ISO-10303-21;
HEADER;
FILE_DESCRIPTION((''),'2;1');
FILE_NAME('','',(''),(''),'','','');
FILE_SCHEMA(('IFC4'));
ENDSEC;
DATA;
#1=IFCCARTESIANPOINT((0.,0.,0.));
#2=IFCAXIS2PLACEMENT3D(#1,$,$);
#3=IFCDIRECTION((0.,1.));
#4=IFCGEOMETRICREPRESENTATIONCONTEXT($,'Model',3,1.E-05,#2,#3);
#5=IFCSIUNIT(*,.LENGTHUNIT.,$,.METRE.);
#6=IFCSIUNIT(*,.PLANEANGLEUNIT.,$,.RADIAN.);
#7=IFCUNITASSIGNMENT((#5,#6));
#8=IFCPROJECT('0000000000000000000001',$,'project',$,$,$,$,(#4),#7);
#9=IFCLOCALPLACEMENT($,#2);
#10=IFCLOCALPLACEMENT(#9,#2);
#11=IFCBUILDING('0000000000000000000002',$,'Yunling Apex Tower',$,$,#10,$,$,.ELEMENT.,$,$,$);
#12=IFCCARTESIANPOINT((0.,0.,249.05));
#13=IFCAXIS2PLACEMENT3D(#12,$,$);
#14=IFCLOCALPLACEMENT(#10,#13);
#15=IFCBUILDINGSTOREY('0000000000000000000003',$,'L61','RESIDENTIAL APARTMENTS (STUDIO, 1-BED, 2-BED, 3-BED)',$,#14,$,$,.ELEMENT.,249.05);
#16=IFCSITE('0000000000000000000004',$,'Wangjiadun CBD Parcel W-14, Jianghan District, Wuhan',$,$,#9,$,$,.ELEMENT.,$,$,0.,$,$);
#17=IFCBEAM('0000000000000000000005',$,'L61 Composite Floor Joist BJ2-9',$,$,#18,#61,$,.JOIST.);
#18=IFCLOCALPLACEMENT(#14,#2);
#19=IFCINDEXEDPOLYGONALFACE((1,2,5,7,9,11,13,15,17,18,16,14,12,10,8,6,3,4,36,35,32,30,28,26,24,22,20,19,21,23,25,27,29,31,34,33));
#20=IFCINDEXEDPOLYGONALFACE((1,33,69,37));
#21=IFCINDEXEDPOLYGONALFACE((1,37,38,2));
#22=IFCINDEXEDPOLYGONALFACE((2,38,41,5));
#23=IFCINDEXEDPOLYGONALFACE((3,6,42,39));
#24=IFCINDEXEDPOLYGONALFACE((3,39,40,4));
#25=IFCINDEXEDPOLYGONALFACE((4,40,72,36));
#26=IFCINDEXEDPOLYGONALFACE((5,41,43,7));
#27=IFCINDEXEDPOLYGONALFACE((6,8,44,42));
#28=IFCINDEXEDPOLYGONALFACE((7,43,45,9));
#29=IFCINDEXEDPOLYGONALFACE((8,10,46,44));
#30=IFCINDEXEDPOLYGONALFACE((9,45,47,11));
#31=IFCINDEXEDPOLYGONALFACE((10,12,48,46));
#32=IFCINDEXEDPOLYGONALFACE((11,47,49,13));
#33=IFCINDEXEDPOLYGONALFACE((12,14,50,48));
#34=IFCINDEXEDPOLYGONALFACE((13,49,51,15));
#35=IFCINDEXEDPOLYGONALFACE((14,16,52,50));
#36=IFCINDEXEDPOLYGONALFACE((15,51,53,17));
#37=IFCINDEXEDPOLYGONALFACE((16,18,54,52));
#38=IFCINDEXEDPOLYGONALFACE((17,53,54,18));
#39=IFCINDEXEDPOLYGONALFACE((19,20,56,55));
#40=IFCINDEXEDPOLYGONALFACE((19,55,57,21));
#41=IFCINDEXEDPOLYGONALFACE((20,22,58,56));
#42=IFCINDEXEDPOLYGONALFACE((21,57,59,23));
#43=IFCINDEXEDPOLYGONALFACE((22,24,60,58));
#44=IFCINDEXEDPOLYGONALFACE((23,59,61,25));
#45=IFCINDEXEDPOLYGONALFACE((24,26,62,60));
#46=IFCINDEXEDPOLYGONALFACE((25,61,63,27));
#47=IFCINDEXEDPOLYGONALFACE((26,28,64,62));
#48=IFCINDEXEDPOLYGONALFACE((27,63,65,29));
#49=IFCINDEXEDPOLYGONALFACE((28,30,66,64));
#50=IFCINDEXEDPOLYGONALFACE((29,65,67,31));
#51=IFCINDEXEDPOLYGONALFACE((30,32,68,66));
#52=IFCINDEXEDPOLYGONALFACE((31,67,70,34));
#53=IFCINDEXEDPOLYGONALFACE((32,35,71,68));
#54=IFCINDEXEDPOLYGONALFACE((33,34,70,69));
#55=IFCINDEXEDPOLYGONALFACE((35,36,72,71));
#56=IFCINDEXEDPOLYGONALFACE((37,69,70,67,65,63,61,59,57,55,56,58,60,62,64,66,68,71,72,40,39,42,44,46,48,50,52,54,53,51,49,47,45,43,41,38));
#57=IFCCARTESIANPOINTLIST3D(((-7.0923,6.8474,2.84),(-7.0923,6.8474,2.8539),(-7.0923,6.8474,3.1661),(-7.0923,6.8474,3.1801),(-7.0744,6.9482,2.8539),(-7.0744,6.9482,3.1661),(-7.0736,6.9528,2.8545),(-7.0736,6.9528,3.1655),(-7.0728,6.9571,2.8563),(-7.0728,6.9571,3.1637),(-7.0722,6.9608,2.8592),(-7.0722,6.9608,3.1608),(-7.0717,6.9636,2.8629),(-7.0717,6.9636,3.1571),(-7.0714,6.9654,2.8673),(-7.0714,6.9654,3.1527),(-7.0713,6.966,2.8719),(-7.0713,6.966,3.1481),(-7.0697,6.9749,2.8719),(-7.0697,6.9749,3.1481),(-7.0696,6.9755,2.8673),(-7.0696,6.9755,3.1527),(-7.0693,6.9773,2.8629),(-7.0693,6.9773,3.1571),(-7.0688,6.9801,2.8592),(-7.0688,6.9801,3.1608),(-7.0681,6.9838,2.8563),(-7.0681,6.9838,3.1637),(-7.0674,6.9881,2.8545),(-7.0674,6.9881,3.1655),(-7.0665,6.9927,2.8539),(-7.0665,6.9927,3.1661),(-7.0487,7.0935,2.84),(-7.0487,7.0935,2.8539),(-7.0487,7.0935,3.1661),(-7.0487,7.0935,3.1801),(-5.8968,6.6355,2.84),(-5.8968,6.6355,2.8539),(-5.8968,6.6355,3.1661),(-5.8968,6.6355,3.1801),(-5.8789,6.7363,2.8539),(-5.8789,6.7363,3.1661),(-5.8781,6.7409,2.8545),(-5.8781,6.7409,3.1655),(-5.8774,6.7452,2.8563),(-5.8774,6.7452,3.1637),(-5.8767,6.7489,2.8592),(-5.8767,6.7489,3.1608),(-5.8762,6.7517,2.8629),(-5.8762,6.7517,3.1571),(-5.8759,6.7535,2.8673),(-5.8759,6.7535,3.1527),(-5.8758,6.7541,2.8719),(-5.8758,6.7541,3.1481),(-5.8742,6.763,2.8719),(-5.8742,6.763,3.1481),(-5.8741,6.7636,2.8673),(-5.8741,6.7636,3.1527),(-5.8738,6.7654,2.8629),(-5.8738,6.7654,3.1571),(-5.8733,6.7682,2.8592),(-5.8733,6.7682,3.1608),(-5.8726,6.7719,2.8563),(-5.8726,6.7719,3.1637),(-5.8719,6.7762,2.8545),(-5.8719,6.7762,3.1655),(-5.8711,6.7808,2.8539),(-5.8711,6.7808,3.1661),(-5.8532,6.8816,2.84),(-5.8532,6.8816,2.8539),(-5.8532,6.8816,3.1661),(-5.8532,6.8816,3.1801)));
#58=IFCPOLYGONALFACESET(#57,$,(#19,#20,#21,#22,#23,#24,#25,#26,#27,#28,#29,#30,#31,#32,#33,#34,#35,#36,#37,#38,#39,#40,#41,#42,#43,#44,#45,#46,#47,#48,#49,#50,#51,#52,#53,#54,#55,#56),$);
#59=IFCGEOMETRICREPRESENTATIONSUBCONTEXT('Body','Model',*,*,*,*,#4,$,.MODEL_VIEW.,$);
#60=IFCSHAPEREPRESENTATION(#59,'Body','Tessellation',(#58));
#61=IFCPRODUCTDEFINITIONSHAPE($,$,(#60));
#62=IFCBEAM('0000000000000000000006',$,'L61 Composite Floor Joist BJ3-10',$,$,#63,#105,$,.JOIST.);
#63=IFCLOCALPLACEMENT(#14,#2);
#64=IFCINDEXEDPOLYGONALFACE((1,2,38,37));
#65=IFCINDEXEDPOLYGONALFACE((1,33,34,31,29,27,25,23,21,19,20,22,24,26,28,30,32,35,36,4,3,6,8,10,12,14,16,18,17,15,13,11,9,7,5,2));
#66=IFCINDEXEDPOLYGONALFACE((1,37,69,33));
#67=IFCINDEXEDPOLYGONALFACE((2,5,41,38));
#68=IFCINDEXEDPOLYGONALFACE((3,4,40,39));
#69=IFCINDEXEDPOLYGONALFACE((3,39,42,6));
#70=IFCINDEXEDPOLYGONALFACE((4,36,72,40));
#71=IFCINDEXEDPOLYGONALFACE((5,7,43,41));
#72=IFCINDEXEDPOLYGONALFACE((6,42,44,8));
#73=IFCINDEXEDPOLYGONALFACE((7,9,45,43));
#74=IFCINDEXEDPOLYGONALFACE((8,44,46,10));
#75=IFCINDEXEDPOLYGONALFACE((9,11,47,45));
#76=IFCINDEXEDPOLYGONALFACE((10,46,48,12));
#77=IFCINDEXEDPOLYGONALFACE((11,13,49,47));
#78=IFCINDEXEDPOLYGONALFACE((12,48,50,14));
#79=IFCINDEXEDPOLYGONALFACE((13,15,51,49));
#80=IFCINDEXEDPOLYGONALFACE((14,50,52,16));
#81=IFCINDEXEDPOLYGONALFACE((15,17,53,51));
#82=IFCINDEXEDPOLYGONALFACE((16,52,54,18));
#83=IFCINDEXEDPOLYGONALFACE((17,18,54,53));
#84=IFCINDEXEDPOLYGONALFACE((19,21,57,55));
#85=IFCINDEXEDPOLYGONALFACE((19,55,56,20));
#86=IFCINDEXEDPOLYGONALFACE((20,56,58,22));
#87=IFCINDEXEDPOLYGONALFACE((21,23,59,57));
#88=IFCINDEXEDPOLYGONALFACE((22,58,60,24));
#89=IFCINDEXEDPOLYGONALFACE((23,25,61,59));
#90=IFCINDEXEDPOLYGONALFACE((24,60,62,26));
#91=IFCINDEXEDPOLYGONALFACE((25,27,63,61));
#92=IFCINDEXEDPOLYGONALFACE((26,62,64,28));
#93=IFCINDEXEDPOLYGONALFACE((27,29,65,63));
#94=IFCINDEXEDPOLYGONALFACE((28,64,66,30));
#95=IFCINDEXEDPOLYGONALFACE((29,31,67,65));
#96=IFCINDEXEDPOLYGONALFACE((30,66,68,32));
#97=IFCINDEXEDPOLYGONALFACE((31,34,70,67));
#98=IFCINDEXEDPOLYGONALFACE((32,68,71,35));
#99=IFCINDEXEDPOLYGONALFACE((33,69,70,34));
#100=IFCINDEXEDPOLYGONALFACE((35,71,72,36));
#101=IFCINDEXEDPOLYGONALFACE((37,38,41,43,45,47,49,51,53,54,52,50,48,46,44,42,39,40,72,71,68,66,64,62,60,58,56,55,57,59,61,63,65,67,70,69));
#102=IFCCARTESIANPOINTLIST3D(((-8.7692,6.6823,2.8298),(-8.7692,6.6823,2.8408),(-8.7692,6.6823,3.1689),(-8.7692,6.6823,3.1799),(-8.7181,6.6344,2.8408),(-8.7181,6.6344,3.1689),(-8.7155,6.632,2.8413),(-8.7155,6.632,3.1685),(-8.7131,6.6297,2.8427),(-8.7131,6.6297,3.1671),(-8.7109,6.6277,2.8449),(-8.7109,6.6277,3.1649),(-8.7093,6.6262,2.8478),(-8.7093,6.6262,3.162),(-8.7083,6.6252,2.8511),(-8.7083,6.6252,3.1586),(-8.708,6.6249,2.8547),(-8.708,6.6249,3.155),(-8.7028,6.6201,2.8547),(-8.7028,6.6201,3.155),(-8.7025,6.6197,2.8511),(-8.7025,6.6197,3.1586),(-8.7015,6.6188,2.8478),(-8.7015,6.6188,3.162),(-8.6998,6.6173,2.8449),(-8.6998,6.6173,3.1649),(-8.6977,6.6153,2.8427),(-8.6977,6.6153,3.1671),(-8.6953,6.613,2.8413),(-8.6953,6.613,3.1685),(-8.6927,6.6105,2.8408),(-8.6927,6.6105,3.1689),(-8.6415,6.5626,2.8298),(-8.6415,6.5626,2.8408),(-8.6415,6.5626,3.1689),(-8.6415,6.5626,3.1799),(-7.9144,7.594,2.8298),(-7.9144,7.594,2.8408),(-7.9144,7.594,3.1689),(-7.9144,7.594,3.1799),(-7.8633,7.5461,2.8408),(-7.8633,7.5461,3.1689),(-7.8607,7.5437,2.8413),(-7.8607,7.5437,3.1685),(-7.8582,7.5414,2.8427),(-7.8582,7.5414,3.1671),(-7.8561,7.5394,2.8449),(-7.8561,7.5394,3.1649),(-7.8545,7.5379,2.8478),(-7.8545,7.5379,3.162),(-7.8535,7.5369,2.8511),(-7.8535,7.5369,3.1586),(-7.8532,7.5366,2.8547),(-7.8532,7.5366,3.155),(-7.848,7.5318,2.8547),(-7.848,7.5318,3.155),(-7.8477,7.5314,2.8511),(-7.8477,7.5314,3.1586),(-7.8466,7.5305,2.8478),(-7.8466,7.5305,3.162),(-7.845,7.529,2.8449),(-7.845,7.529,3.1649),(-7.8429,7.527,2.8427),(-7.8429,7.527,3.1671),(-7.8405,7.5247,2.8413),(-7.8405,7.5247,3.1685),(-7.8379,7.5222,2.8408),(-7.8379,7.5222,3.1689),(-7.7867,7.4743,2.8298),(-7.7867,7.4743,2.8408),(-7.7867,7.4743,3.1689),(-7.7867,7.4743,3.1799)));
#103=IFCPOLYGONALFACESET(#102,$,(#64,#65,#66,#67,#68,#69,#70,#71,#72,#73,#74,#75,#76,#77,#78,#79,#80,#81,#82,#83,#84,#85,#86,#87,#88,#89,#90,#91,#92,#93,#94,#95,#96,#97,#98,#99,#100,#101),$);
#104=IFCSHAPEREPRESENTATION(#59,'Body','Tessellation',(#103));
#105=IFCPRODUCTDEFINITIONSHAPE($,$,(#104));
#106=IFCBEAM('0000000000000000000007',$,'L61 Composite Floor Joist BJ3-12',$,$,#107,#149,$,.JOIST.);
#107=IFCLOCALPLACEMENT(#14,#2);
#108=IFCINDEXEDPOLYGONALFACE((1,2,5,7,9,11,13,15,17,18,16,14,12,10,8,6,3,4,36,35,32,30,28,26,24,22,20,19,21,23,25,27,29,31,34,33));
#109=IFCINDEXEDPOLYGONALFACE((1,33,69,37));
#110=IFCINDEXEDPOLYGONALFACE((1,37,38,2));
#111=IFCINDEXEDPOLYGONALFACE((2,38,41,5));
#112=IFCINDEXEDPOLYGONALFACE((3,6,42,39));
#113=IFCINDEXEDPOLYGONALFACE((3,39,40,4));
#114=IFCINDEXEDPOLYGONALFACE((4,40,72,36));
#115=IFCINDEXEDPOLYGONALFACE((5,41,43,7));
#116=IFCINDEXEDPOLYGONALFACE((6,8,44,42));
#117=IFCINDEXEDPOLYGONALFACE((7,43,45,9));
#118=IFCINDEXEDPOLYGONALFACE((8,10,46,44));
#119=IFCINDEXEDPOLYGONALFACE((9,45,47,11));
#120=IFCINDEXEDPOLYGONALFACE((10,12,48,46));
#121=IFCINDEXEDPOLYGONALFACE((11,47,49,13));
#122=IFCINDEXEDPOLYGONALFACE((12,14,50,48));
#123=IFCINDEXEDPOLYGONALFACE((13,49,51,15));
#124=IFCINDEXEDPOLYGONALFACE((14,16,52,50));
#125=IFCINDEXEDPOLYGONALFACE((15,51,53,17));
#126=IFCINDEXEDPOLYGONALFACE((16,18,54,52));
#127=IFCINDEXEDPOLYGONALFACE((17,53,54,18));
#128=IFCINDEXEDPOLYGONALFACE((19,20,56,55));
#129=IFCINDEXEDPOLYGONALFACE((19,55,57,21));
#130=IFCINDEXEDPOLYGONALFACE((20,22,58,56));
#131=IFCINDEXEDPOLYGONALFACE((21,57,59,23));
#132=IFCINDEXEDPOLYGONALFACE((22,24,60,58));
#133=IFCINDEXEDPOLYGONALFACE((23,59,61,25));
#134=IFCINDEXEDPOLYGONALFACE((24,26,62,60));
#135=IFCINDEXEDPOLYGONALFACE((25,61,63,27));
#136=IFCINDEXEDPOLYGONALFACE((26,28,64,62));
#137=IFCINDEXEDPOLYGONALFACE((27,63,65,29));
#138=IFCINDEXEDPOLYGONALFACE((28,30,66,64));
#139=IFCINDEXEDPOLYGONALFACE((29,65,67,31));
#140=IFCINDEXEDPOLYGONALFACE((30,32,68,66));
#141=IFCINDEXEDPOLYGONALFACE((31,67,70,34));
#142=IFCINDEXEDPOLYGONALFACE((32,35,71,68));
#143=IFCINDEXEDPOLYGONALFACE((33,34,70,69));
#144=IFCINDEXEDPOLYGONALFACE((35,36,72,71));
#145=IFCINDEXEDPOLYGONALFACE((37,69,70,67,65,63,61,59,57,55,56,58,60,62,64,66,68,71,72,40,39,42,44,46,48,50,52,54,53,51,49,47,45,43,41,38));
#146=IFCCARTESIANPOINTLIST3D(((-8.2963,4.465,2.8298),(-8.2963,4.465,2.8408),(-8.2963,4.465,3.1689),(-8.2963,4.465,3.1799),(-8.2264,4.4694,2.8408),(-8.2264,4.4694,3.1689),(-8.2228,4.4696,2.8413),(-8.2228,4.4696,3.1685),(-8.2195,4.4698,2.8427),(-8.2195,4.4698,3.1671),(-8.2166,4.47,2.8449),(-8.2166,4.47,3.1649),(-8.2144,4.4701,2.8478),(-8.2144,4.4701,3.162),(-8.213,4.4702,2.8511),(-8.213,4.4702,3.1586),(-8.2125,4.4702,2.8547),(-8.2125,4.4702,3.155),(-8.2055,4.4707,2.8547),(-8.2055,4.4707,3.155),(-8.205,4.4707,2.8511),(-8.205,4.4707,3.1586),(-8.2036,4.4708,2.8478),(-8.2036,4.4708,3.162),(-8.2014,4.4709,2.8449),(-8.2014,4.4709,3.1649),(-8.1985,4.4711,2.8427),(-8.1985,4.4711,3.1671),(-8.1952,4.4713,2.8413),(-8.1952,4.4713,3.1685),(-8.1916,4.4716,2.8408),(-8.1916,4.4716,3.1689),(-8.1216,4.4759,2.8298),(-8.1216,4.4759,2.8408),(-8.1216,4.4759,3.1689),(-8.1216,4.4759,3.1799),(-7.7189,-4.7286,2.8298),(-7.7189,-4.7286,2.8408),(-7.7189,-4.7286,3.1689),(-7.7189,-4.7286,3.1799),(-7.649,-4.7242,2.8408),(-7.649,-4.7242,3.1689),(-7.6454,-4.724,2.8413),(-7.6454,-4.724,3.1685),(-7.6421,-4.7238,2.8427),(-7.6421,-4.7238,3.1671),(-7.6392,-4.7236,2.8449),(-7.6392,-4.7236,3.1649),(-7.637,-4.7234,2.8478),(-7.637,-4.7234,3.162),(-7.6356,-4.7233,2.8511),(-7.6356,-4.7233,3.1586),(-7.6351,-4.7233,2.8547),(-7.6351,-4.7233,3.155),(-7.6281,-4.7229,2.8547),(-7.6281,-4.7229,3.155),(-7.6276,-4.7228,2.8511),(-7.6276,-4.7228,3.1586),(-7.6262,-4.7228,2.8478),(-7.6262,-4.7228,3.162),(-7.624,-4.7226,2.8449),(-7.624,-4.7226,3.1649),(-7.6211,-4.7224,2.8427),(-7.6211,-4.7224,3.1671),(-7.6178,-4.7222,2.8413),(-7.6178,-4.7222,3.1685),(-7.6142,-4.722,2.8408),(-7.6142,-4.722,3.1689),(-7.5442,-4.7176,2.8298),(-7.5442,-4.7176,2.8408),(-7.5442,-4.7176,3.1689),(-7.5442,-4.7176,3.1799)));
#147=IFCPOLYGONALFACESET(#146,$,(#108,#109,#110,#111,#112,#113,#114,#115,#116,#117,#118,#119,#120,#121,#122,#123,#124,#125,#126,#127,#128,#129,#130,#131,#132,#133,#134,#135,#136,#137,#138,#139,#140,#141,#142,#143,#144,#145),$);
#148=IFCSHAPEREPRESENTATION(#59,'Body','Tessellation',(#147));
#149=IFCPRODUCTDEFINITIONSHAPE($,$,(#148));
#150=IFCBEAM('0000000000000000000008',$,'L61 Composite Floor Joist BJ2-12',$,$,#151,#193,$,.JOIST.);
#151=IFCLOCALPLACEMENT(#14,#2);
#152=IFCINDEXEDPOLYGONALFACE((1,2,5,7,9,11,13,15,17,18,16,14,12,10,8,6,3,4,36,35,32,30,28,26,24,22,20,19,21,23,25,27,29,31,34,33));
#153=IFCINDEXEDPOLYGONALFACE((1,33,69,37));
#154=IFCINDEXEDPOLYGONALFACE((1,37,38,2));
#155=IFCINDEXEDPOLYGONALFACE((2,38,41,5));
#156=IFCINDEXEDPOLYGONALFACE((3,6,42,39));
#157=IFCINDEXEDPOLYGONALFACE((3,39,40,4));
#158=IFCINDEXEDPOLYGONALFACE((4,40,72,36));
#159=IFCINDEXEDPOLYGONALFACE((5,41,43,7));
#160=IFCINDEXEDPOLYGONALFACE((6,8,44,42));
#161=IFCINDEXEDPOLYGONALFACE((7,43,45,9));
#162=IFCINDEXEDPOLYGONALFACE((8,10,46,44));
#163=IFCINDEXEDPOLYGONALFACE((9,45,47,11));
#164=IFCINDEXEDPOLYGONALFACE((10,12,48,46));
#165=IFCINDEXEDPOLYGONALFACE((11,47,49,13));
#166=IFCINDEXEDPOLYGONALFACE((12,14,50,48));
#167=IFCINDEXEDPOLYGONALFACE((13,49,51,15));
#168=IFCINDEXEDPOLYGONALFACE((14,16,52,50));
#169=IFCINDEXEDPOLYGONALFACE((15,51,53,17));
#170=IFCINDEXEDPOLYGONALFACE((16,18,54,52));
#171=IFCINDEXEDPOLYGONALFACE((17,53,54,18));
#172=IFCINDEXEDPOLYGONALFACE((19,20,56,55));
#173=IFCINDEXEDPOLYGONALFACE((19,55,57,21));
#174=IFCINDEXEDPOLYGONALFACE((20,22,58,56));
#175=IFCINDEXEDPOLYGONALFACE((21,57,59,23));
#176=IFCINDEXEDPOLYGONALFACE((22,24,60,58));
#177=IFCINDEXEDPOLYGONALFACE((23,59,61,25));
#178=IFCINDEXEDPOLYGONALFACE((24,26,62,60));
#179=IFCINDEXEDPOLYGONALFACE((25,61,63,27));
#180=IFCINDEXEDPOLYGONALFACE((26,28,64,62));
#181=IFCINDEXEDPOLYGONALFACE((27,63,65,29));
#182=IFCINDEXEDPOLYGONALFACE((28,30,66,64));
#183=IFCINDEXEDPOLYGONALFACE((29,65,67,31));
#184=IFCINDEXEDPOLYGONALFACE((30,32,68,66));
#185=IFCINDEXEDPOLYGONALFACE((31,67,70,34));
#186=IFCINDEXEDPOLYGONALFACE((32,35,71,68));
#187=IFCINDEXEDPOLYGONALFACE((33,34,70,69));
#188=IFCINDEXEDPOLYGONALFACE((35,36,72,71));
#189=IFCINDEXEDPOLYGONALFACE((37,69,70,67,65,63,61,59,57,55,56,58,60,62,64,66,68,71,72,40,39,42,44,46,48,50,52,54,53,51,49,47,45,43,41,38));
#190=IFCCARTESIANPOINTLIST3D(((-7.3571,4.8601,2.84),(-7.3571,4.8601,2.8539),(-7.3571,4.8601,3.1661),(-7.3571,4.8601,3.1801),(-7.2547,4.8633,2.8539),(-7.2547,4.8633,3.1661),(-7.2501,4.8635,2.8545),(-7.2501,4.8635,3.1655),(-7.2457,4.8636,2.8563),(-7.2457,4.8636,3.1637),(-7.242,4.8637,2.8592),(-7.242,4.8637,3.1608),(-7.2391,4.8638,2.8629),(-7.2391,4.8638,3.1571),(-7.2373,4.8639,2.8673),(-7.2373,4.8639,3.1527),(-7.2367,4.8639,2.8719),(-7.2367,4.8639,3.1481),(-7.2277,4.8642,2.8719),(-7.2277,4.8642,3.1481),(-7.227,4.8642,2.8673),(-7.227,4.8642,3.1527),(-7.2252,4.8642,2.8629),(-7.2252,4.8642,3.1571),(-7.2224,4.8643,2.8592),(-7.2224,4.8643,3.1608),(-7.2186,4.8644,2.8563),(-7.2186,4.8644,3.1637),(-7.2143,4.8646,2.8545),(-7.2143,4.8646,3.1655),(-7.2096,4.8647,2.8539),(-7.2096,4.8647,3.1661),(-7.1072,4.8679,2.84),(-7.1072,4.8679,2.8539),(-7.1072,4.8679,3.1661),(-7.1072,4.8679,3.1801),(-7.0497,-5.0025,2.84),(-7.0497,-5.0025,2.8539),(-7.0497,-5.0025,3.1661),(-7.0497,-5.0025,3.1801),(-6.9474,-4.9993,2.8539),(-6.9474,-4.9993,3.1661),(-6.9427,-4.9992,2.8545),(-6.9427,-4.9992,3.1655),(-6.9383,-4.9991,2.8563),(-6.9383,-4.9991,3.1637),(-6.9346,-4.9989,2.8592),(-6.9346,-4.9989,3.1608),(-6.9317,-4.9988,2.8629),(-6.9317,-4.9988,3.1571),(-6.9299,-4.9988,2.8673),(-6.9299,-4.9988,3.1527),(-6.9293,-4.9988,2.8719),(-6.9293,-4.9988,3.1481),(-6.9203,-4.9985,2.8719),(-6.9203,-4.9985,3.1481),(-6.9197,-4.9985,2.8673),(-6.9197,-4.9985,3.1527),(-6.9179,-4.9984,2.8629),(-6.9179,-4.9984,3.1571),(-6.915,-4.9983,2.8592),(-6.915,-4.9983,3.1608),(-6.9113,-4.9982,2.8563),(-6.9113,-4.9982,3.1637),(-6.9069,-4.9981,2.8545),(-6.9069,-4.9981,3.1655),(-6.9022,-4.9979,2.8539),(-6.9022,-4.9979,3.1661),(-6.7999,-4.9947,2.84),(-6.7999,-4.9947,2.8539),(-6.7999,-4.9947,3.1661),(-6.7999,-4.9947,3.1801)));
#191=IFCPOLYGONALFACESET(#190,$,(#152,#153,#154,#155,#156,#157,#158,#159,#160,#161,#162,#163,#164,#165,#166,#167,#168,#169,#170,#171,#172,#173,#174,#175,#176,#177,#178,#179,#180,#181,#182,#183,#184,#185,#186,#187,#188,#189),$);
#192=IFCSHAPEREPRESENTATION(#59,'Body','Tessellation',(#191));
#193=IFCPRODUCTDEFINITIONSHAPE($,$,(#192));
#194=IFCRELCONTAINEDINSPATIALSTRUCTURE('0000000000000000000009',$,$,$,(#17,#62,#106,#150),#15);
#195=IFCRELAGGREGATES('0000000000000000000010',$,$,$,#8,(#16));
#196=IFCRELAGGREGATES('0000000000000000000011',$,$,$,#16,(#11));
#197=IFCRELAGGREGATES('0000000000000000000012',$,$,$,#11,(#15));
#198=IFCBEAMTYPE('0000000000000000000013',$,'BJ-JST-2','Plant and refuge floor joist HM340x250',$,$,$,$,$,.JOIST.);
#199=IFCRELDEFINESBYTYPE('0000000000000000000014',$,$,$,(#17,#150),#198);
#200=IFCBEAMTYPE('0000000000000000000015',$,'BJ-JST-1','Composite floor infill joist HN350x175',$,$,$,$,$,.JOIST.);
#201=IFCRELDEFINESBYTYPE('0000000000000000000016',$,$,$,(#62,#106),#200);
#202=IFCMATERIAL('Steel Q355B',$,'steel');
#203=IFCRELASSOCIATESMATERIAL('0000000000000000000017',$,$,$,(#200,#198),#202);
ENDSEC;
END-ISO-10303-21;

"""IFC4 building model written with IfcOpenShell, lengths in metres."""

from ifc_helpers import new_model, si_unit, direction, frame, origin, origin_2d, place, context, subcontext, project, spatial, i_section, extrude, source, transform, mapped, material, material_profile, profile_set, type_object, element, save


model = new_model("IFC4")

# Units and contexts
model_context = context("Model", 3, precision=1e-05, world=origin(), true_north=direction((0.0, 1.0)))
body_context = subcontext(model_context, "Body", "Model", "MODEL_VIEW")
ifc_project = project(units=[si_unit("LENGTHUNIT", "METRE"), si_unit("PLANEANGLEUNIT", "RADIAN")], contexts=[model_context])

# Site, building, storey
site_placement = place(None, origin())
site = spatial("IfcSite", under=ifc_project, at=site_placement, Name="Wangjiadun CBD Parcel W-14, Jianghan District, Wuhan", CompositionType="ELEMENT", RefElevation=0.0)
building_placement = place(site_placement, origin())
building = spatial("IfcBuilding", under=site, at=building_placement, Name="Yunling Apex Tower", CompositionType="ELEMENT")
storey_placement = place(building_placement, frame((0.0, 0.0, 249.05)))
storey = spatial("IfcBuildingStorey", under=building, at=storey_placement, Name="L61", Description="RESIDENTIAL APARTMENTS (STUDIO, 1-BED, 2-BED, 3-BED)", CompositionType="ELEMENT", Elevation=249.05)

# Beams
ifc_material_1 = material(Name="Steel Q355B", Category="steel")
ifc_material_profile_1 = material_profile(ifc_material_1, i_section(OverallWidth=0.175, OverallDepth=0.3501, WebThickness=0.0071, FlangeThickness=0.011, FilletRadius=0.0139, at=origin_2d()))
ifc_profile_set_1 = profile_set([ifc_material_profile_1], Name="Steel Q355B")
beam_type_1 = type_object("IfcBeamType", Name="BJ-JST-1", Description="Composite floor infill joist HN350x175", PredefinedType="JOIST", material=ifc_profile_set_1)
ifc_material_profile_2 = material_profile(ifc_material_1, i_section(OverallWidth=0.25, OverallDepth=0.3401, WebThickness=0.009, FlangeThickness=0.0139, FilletRadius=0.0181, at=origin_2d()))
ifc_profile_set_2 = profile_set([ifc_material_profile_2], Name="Steel Q355B")
beam_type_2 = type_object("IfcBeamType", Name="BJ-JST-2", Description="Plant and refuge floor joist HM340x250", PredefinedType="JOIST", material=ifc_profile_set_2)
shared_shape_1 = source(origin(), body_context, "Body", "SweptSolid", [
    extrude(i_section(OverallWidth=0.25, OverallDepth=0.3401, WebThickness=0.009, FlangeThickness=0.0139, FilletRadius=0.0181, at=origin_2d()), origin(), (0.0, 0.0, 1.0), 1.2141),
])
beam_1_placement = place(storey_placement, frame((-5.875, 6.7585, 3.01), z_axis=(-0.984652, 0.174531, 0.0), x_axis=(-0.174531, -0.984652, 0.0)))
element("IfcBeam", 1, at=beam_1_placement, inside=storey, type_object=beam_type_2, Name="L61 Composite Floor Joist BJ2-9", PredefinedType="JOIST", context=body_context, shape_type="MappedRepresentation", body=[
    mapped(shared_shape_1, transform((0.0, 0.0, 0.0), scale=1.0)),
])
shared_shape_2 = source(origin(), body_context, "Body", "SweptSolid", [
    extrude(i_section(OverallWidth=0.175, OverallDepth=0.3501, WebThickness=0.0071, FlangeThickness=0.011, FilletRadius=0.0139, at=origin_2d()), origin(), (0.0, 0.0, 1.0), 1.2498),
])
beam_2_placement = place(storey_placement, frame((-7.8506, 7.5342, 3.0049), z_axis=(-0.68398, -0.729501, 0.0), x_axis=(0.729501, -0.68398, 0.0)))
element("IfcBeam", 2, at=beam_2_placement, inside=storey, type_object=beam_type_1, Name="L61 Composite Floor Joist BJ3-10", PredefinedType="JOIST", context=body_context, shape_type="MappedRepresentation", body=[
    mapped(shared_shape_2, transform((0.0, 0.0, 0.0), scale=1.0)),
])
shared_shape_3 = source(origin(), body_context, "Body", "SweptSolid", [
    extrude(i_section(OverallWidth=0.175, OverallDepth=0.3501, WebThickness=0.0071, FlangeThickness=0.011, FilletRadius=0.0139, at=origin_2d()), origin(), (0.0, 0.0, 1.0), 9.2117),
])
beam_3_placement = place(storey_placement, frame((-8.209, 4.4705, 3.0049), z_axis=(0.06268, -0.998034, 0.0), x_axis=(0.998034, 0.06268, 0.0)))
element("IfcBeam", 3, at=beam_3_placement, inside=storey, type_object=beam_type_1, Name="L61 Composite Floor Joist BJ3-12", PredefinedType="JOIST", context=body_context, shape_type="MappedRepresentation", body=[
    mapped(shared_shape_3, transform((0.0, 0.0, 0.0), scale=1.0)),
])
shared_shape_4 = source(origin(), body_context, "Body", "SweptSolid", [
    extrude(i_section(OverallWidth=0.25, OverallDepth=0.3401, WebThickness=0.009, FlangeThickness=0.0139, FilletRadius=0.0181, at=origin_2d()), origin(), (0.0, 0.0, 1.0), 9.8674),
])
beam_4_placement = place(storey_placement, frame((-7.2322, 4.864, 3.01), z_axis=(0.031151, -0.999515, 0.0), x_axis=(0.999515, 0.031151, 0.0)))
element("IfcBeam", 4, at=beam_4_placement, inside=storey, type_object=beam_type_2, Name="L61 Composite Floor Joist BJ2-12", PredefinedType="JOIST", context=body_context, shape_type="MappedRepresentation", body=[
    mapped(shared_shape_4, transform((0.0, 0.0, 0.0), scale=1.0)),
])

save(model, "model.ifc")
